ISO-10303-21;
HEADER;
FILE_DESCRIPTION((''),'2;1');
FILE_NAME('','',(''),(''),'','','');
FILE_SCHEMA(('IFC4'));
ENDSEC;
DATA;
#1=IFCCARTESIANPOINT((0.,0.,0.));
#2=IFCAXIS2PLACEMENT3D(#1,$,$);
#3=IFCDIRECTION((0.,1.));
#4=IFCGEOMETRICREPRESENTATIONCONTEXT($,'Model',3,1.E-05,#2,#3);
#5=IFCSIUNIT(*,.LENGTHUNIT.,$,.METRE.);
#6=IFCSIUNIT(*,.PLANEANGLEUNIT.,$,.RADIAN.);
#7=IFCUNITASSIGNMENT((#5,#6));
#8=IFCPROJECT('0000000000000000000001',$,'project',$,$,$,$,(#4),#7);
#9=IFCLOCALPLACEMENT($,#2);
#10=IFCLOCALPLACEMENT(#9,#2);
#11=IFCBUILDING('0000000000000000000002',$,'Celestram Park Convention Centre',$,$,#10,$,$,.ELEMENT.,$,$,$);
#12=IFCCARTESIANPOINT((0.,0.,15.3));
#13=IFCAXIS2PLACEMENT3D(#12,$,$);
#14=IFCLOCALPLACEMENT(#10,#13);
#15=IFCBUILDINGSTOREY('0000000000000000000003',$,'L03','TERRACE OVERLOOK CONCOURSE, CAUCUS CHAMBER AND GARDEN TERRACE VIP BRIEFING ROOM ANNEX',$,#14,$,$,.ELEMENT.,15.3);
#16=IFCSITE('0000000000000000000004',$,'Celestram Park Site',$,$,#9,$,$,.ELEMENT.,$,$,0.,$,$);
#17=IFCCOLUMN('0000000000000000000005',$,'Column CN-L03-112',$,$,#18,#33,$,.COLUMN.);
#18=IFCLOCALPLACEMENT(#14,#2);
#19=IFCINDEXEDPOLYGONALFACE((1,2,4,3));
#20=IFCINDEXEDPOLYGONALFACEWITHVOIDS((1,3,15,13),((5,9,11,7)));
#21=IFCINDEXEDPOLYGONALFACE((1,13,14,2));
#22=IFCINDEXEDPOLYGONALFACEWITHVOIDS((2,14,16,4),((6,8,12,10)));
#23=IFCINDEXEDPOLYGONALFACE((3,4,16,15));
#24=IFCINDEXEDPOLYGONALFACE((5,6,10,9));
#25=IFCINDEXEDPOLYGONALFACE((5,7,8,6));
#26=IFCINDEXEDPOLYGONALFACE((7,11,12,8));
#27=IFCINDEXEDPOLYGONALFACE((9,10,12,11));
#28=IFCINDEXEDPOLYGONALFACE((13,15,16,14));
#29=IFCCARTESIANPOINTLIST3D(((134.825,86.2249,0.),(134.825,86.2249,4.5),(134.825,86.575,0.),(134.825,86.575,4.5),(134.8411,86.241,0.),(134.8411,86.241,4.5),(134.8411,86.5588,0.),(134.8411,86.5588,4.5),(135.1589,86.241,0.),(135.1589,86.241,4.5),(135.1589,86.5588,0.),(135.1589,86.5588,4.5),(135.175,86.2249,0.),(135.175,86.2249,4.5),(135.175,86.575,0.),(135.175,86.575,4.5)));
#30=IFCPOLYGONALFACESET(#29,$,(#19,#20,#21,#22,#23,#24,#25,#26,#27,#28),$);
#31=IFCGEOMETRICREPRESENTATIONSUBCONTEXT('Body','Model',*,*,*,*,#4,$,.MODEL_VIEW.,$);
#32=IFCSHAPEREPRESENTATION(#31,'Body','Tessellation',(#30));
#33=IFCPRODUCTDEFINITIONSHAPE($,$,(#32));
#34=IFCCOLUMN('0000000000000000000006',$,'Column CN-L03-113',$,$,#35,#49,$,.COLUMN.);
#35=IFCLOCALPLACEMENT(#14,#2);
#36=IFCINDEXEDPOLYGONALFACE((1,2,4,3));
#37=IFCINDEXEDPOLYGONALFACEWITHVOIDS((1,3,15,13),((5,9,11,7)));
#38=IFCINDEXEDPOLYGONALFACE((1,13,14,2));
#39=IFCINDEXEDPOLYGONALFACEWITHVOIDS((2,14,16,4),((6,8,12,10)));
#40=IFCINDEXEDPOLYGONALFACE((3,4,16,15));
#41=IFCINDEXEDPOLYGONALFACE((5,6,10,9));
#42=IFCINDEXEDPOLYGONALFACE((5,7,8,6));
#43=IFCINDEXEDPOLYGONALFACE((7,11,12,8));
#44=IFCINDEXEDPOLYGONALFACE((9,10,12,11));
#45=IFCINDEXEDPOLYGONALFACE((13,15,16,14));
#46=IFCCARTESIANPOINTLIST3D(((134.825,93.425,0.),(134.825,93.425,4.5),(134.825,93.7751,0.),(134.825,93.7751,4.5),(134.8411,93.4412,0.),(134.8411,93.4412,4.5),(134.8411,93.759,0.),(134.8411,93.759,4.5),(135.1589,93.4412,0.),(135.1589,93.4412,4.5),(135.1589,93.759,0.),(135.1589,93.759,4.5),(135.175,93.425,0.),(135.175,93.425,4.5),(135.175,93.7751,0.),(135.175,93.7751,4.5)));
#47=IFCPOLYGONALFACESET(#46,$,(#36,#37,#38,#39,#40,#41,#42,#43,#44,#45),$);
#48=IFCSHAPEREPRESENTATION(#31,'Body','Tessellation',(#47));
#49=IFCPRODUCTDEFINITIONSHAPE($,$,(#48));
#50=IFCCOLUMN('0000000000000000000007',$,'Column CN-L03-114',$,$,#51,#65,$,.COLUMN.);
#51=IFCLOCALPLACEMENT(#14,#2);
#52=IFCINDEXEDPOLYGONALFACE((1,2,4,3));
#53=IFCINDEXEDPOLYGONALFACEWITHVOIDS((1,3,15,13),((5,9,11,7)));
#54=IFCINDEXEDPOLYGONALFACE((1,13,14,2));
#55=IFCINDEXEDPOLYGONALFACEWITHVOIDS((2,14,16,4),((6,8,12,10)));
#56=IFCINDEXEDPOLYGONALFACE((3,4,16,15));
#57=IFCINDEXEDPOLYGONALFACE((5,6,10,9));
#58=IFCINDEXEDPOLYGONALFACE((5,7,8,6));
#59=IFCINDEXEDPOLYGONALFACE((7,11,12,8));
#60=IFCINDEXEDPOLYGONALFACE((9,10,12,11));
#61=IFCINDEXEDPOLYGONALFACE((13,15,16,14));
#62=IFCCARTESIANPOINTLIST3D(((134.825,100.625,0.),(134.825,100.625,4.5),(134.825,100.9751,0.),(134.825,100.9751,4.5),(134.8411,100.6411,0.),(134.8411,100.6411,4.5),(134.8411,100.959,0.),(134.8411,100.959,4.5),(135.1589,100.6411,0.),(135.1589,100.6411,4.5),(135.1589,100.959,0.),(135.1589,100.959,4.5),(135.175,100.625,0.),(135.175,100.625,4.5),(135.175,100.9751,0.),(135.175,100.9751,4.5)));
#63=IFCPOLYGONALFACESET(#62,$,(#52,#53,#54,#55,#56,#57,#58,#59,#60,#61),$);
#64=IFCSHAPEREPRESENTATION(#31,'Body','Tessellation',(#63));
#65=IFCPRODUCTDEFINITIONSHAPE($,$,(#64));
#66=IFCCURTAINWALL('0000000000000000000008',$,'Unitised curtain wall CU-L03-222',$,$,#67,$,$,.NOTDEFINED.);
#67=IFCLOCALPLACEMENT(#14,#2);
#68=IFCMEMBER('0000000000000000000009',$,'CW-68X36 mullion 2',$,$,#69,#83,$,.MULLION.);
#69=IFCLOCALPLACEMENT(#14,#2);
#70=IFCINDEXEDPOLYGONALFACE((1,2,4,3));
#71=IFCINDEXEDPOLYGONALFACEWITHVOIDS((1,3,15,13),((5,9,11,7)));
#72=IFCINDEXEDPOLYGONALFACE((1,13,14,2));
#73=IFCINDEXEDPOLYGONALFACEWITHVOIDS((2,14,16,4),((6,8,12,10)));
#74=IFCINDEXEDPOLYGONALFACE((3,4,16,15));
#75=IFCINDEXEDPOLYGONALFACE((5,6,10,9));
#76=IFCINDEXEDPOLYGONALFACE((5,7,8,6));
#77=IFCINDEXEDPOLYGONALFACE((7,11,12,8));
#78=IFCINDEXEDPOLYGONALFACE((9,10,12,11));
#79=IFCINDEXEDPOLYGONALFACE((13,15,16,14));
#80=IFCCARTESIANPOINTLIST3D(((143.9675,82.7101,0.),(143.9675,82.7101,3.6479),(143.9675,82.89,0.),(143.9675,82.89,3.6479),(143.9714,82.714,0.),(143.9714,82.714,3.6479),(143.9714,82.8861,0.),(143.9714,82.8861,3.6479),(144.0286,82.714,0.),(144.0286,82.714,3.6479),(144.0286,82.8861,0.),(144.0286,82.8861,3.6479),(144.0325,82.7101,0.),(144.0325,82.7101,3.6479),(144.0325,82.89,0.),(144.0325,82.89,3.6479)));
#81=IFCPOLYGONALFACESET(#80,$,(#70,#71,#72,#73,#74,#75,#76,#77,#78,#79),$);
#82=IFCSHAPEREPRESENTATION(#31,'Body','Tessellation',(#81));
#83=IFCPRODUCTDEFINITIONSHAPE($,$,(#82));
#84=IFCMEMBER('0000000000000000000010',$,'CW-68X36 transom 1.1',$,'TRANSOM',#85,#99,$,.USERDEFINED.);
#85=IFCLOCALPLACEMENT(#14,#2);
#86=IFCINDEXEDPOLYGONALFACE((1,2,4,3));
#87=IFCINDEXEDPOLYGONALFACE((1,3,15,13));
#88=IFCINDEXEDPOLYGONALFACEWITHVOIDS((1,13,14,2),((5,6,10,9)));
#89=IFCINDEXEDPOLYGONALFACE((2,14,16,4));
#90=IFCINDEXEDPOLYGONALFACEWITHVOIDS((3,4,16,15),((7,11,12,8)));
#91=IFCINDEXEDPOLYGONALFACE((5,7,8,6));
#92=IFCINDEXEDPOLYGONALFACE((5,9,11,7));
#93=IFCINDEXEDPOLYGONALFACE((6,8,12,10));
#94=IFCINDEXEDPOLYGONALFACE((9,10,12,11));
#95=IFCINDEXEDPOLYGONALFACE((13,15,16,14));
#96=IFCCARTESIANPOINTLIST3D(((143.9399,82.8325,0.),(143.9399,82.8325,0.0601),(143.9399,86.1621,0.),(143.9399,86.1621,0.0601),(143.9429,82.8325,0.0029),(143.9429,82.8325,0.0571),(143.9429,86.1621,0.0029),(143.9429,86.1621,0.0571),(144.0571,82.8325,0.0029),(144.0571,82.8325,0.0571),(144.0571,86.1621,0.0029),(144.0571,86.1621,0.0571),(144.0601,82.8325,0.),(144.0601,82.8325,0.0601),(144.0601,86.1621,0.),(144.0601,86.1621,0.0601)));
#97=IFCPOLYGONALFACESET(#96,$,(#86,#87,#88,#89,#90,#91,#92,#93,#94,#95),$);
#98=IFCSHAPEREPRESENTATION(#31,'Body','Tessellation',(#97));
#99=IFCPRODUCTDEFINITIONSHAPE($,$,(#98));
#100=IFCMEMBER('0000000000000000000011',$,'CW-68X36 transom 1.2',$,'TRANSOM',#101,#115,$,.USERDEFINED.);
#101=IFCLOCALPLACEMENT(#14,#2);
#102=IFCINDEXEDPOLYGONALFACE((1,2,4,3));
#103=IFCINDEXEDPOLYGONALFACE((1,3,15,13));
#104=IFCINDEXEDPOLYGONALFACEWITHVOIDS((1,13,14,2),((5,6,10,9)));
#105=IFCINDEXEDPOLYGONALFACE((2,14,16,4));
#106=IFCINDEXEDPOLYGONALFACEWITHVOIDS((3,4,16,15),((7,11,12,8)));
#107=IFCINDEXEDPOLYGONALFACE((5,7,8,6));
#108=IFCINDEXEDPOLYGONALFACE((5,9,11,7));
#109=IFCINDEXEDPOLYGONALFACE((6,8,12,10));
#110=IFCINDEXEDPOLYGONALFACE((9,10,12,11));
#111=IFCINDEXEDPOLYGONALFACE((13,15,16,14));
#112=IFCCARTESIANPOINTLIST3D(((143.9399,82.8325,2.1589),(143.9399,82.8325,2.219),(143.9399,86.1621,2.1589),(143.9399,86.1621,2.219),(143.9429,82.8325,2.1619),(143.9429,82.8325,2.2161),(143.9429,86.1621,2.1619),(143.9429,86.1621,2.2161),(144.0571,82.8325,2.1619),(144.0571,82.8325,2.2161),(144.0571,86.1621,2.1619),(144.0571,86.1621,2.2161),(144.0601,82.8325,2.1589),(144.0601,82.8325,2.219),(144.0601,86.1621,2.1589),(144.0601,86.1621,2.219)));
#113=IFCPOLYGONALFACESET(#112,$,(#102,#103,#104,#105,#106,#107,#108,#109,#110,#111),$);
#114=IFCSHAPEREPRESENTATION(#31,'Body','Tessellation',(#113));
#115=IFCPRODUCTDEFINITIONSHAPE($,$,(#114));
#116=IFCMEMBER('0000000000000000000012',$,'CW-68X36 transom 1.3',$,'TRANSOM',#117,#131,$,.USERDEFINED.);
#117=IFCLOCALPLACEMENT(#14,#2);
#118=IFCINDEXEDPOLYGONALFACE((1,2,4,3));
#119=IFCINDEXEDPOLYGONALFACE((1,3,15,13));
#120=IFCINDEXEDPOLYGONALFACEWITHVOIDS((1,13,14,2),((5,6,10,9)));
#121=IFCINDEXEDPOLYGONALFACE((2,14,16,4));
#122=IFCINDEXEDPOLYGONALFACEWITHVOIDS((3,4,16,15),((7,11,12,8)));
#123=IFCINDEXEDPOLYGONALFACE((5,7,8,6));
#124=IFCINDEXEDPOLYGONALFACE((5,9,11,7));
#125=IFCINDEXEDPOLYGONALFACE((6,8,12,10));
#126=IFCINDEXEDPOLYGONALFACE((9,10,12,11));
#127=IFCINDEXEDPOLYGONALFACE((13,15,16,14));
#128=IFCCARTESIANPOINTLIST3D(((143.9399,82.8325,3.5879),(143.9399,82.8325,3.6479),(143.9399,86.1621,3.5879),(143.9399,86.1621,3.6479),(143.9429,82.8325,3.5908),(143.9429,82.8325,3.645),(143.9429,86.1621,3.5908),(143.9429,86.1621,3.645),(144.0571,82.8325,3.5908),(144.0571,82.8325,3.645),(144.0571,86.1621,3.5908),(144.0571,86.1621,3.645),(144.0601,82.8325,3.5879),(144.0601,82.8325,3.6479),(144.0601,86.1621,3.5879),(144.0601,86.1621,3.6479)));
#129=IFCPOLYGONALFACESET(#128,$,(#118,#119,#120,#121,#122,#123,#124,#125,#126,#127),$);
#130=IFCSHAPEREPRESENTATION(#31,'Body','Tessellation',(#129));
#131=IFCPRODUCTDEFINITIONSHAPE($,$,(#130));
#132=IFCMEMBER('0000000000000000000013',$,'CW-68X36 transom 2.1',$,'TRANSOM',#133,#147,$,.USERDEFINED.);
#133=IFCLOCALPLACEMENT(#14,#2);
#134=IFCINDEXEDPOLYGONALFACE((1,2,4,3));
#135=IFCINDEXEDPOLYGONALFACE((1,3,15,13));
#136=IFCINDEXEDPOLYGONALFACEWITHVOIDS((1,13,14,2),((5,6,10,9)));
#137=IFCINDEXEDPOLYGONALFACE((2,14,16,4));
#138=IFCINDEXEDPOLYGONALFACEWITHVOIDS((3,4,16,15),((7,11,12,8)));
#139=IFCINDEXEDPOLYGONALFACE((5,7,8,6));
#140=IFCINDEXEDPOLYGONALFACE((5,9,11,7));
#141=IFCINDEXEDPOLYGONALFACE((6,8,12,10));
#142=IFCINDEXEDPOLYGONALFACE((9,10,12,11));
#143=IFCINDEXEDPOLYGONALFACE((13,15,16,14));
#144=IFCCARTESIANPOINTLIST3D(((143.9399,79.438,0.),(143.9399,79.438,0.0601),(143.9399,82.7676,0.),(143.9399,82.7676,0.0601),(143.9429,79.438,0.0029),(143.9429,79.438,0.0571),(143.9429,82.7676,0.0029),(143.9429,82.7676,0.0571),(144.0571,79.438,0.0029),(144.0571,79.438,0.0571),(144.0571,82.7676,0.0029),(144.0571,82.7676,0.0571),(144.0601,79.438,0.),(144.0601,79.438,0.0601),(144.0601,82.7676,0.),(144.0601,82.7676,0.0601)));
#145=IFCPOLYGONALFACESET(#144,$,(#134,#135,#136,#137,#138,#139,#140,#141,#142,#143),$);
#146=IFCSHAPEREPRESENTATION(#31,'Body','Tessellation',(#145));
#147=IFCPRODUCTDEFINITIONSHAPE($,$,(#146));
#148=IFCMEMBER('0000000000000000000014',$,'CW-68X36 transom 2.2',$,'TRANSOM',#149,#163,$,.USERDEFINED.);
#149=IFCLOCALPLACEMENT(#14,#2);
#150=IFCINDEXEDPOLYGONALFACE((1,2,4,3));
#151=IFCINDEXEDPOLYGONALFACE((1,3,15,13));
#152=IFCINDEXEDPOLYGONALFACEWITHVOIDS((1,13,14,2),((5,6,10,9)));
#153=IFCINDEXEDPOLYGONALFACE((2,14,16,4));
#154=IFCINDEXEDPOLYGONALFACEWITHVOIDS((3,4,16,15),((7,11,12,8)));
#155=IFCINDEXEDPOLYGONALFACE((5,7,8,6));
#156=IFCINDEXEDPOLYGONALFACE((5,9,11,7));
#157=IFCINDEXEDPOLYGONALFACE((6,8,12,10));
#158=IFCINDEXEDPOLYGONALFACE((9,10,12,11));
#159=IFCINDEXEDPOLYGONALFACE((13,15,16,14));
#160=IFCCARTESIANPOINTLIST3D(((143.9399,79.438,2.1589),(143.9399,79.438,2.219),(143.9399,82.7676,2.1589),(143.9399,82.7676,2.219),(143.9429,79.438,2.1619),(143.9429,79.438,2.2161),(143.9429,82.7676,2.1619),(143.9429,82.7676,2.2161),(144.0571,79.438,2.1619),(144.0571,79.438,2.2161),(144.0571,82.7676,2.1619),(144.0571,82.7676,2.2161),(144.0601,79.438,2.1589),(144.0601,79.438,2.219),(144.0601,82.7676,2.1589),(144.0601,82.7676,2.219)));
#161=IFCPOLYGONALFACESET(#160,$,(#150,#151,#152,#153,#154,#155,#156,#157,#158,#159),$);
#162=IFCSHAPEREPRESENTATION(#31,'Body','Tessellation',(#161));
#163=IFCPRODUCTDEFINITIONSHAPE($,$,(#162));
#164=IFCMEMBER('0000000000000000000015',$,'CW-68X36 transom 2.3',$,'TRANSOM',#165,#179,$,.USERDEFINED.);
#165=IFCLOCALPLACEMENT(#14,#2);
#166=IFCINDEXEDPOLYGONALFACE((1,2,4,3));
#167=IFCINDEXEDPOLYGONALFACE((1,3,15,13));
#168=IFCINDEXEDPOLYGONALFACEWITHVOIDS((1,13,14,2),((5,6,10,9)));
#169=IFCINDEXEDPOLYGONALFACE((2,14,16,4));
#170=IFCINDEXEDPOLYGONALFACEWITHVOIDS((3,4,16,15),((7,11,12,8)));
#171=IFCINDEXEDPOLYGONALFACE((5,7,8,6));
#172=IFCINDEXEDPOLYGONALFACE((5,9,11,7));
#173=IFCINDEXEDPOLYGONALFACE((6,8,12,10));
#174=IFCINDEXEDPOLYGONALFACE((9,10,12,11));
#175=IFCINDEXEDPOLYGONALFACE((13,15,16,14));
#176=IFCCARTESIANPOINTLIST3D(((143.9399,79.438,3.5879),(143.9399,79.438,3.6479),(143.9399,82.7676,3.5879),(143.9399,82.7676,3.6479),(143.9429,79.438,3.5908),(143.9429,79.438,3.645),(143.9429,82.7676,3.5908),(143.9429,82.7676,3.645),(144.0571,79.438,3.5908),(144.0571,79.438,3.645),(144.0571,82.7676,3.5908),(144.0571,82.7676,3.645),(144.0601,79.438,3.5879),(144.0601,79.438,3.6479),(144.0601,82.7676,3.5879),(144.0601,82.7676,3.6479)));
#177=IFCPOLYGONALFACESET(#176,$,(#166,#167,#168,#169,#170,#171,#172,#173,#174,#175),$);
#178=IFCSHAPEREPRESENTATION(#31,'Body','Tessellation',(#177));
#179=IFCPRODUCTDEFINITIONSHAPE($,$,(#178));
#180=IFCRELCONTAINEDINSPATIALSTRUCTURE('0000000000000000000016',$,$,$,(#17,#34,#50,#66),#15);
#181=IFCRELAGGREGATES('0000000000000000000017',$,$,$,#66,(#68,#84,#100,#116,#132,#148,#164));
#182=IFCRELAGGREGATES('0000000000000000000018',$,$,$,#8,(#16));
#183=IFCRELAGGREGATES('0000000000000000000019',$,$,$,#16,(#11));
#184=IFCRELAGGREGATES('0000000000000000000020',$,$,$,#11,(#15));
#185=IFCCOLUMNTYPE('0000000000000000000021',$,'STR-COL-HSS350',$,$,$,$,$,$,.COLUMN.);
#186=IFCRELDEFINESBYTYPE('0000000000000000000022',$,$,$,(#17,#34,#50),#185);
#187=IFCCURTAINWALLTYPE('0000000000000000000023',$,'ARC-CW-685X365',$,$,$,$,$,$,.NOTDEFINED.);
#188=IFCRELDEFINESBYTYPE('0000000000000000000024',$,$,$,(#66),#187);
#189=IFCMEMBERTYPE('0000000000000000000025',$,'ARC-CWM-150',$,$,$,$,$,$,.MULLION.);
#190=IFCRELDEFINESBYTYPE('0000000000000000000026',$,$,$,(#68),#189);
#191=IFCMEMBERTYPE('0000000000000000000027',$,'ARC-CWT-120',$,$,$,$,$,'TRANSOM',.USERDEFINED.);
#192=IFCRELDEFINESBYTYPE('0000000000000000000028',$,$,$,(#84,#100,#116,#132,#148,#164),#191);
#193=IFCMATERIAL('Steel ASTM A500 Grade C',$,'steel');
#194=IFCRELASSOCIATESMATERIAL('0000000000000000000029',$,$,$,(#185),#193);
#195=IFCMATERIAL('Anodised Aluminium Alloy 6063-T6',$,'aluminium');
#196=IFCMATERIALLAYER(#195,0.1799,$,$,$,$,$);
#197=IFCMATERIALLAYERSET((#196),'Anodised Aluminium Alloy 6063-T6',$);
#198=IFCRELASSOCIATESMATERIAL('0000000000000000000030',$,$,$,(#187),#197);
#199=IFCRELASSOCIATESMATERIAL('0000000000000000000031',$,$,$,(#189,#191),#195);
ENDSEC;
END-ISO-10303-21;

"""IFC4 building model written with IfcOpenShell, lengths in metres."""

from ifc_helpers import new_model, si_unit, direction, frame, origin, origin_2d, place, context, subcontext, project, spatial, hollow_rectangle, extrude, material, layer, layer_set, material_profile, profile_set, type_object, element, aggregate, save


model = new_model("IFC4")

# Units and contexts
model_context = context("Model", 3, precision=1e-05, world=origin(), true_north=direction((0.0, 1.0)))
body_context = subcontext(model_context, "Body", "Model", "MODEL_VIEW")
ifc_project = project(units=[si_unit("LENGTHUNIT", "METRE"), si_unit("PLANEANGLEUNIT", "RADIAN")], contexts=[model_context])

# Site, building, storey
site_placement = place(None, origin())
site = spatial("IfcSite", under=ifc_project, at=site_placement, Name="Celestram Park Site", CompositionType="ELEMENT", RefElevation=0.0)
building_placement = place(site_placement, origin())
building = spatial("IfcBuilding", under=site, at=building_placement, Name="Celestram Park Convention Centre", CompositionType="ELEMENT")
storey_placement = place(building_placement, frame((0.0, 0.0, 15.3)))
storey = spatial("IfcBuildingStorey", under=building, at=storey_placement, Name="L03", Description="TERRACE OVERLOOK CONCOURSE, CAUCUS CHAMBER AND GARDEN TERRACE VIP BRIEFING ROOM ANNEX", CompositionType="ELEMENT", Elevation=15.3)

# Columns
ifc_material_1 = material(Name="Steel ASTM A500 Grade C", Category="steel")
ifc_material_profile_1 = material_profile(ifc_material_1, hollow_rectangle(XDim=0.3501, YDim=0.3501, WallThickness=0.0161, at=origin_2d()), Name="HSS350X350X16")
ifc_profile_set_1 = profile_set([ifc_material_profile_1], Name="Steel ASTM A500 Grade C")
column_type = type_object("IfcColumnType", Name="STR-COL-HSS350", PredefinedType="COLUMN", material=ifc_profile_set_1)
for number, where, z_axis, x_axis, name in (
    (1, (135.0, 86.3999, 0.0), (0.0, 0.0, 1.0), (1.0, 0.0, 0.0), "Column CN-L03-112"),
    (2, (135.0, 93.6001, 0.0), (0.0, 0.0, 1.0), (1.0, 0.0, 0.0), "Column CN-L03-113"),
    (3, (135.0, 100.8, 0.0), (0.0, 0.0, 1.0), (1.0, 0.0, 0.0), "Column CN-L03-114"),
):
    element("IfcColumn", number, at=place(storey_placement, frame(where, z_axis=z_axis, x_axis=x_axis)), inside=storey, type_object=column_type, Name=name, PredefinedType="COLUMN", context=body_context, shape_type="SweptSolid", body=[
        extrude(hollow_rectangle(XDim=0.3501, YDim=0.3501, WallThickness=0.0161, at=origin_2d()), origin(), (0.0, 0.0, 1.0), 4.5),
    ])

# Curtain wall, members
ifc_material_2 = material(Name="Anodised Aluminium Alloy 6063-T6", Category="aluminium")
ifc_layer_1 = layer(ifc_material_2, 0.1799)
ifc_layer_set_1 = layer_set([ifc_layer_1], Name="Anodised Aluminium Alloy 6063-T6")
curtain_wall_type = type_object("IfcCurtainWallType", Name="ARC-CW-685X365", PredefinedType="NOTDEFINED", material=ifc_layer_set_1)
curtain_wall_placement = place(storey_placement, origin())
curtain_wall = element("IfcCurtainWall", 4, at=curtain_wall_placement, inside=storey, type_object=curtain_wall_type, Name="Unitised curtain wall CU-L03-222", PredefinedType="NOTDEFINED")
ifc_material_profile_2 = material_profile(ifc_material_2, hollow_rectangle(XDim=0.0649, YDim=0.1799, WallThickness=0.0039, at=origin_2d()), Name="ALU65X180X4")
ifc_profile_set_2 = profile_set([ifc_material_profile_2], Name="Anodised Aluminium Alloy 6063-T6")
member_type_1 = type_object("IfcMemberType", Name="ARC-CWM-150", PredefinedType="MULLION", material=ifc_profile_set_2)
member_1_placement = place(storey_placement, frame((144.0, 82.8, 0.0), z_axis=(0.0, 0.0, 1.0), x_axis=(1.0, 0.0, 0.0)))
member_1 = element("IfcMember", 5, at=member_1_placement, type_object=member_type_1, Name="CW-68X36 mullion 2", PredefinedType="MULLION", context=body_context, shape_type="SweptSolid", body=[
    extrude(hollow_rectangle(XDim=0.0649, YDim=0.1799, WallThickness=0.0039, at=origin_2d()), origin(), (0.0, 0.0, 1.0), 3.6479),
])
ifc_material_profile_3 = material_profile(ifc_material_2, hollow_rectangle(XDim=0.1201, YDim=0.0601, WallThickness=0.0029, at=origin_2d()), Name="ALU120X60X3")
ifc_profile_set_3 = profile_set([ifc_material_profile_3], Name="Anodised Aluminium Alloy 6063-T6")
member_type_2 = type_object("IfcMemberType", Name="ARC-CWT-120", ElementType="TRANSOM", PredefinedType="USERDEFINED", material=ifc_profile_set_3)
member_2_placement = place(storey_placement, frame((144.0, 86.1621, 0.03), z_axis=(0.0, -1.0, 0.0), x_axis=(1.0, 0.0, 0.0)))
member_2 = element("IfcMember", 6, at=member_2_placement, type_object=member_type_2, Name="CW-68X36 transom 1.1", ObjectType="TRANSOM", PredefinedType="USERDEFINED", context=body_context, shape_type="SweptSolid", body=[
    extrude(hollow_rectangle(XDim=0.1201, YDim=0.0601, WallThickness=0.0029, at=origin_2d()), origin(), (0.0, 0.0, 1.0), 3.3296),
])
member_3_placement = place(storey_placement, frame((144.0, 86.1621, 2.189), z_axis=(0.0, -1.0, 0.0), x_axis=(1.0, 0.0, 0.0)))
member_3 = element("IfcMember", 7, at=member_3_placement, type_object=member_type_2, Name="CW-68X36 transom 1.2", ObjectType="TRANSOM", PredefinedType="USERDEFINED", context=body_context, shape_type="SweptSolid", body=[
    extrude(hollow_rectangle(XDim=0.1201, YDim=0.0601, WallThickness=0.0029, at=origin_2d()), origin(), (0.0, 0.0, 1.0), 3.3296),
])
member_4_placement = place(storey_placement, frame((144.0, 86.1621, 3.6179), z_axis=(0.0, -1.0, 0.0), x_axis=(1.0, 0.0, 0.0)))
member_4 = element("IfcMember", 8, at=member_4_placement, type_object=member_type_2, Name="CW-68X36 transom 1.3", ObjectType="TRANSOM", PredefinedType="USERDEFINED", context=body_context, shape_type="SweptSolid", body=[
    extrude(hollow_rectangle(XDim=0.1201, YDim=0.0601, WallThickness=0.0029, at=origin_2d()), origin(), (0.0, 0.0, 1.0), 3.3296),
])
member_5_placement = place(storey_placement, frame((144.0, 82.7676, 0.03), z_axis=(0.0, -1.0, 0.0), x_axis=(1.0, 0.0, 0.0)))
member_5 = element("IfcMember", 9, at=member_5_placement, type_object=member_type_2, Name="CW-68X36 transom 2.1", ObjectType="TRANSOM", PredefinedType="USERDEFINED", context=body_context, shape_type="SweptSolid", body=[
    extrude(hollow_rectangle(XDim=0.1201, YDim=0.0601, WallThickness=0.0029, at=origin_2d()), origin(), (0.0, 0.0, 1.0), 3.3296),
])
member_6_placement = place(storey_placement, frame((144.0, 82.7676, 2.189), z_axis=(0.0, -1.0, 0.0), x_axis=(1.0, 0.0, 0.0)))
member_6 = element("IfcMember", 10, at=member_6_placement, type_object=member_type_2, Name="CW-68X36 transom 2.2", ObjectType="TRANSOM", PredefinedType="USERDEFINED", context=body_context, shape_type="SweptSolid", body=[
    extrude(hollow_rectangle(XDim=0.1201, YDim=0.0601, WallThickness=0.0029, at=origin_2d()), origin(), (0.0, 0.0, 1.0), 3.3296),
])
member_7_placement = place(storey_placement, frame((144.0, 82.7676, 3.6179), z_axis=(0.0, -1.0, 0.0), x_axis=(1.0, 0.0, 0.0)))
member_7 = element("IfcMember", 11, at=member_7_placement, type_object=member_type_2, Name="CW-68X36 transom 2.3", ObjectType="TRANSOM", PredefinedType="USERDEFINED", context=body_context, shape_type="SweptSolid", body=[
    extrude(hollow_rectangle(XDim=0.1201, YDim=0.0601, WallThickness=0.0029, at=origin_2d()), origin(), (0.0, 0.0, 1.0), 3.3296),
])

aggregate(curtain_wall, [member_1, member_2, member_3, member_4, member_5, member_6, member_7])

save(model, "model.ifc")
